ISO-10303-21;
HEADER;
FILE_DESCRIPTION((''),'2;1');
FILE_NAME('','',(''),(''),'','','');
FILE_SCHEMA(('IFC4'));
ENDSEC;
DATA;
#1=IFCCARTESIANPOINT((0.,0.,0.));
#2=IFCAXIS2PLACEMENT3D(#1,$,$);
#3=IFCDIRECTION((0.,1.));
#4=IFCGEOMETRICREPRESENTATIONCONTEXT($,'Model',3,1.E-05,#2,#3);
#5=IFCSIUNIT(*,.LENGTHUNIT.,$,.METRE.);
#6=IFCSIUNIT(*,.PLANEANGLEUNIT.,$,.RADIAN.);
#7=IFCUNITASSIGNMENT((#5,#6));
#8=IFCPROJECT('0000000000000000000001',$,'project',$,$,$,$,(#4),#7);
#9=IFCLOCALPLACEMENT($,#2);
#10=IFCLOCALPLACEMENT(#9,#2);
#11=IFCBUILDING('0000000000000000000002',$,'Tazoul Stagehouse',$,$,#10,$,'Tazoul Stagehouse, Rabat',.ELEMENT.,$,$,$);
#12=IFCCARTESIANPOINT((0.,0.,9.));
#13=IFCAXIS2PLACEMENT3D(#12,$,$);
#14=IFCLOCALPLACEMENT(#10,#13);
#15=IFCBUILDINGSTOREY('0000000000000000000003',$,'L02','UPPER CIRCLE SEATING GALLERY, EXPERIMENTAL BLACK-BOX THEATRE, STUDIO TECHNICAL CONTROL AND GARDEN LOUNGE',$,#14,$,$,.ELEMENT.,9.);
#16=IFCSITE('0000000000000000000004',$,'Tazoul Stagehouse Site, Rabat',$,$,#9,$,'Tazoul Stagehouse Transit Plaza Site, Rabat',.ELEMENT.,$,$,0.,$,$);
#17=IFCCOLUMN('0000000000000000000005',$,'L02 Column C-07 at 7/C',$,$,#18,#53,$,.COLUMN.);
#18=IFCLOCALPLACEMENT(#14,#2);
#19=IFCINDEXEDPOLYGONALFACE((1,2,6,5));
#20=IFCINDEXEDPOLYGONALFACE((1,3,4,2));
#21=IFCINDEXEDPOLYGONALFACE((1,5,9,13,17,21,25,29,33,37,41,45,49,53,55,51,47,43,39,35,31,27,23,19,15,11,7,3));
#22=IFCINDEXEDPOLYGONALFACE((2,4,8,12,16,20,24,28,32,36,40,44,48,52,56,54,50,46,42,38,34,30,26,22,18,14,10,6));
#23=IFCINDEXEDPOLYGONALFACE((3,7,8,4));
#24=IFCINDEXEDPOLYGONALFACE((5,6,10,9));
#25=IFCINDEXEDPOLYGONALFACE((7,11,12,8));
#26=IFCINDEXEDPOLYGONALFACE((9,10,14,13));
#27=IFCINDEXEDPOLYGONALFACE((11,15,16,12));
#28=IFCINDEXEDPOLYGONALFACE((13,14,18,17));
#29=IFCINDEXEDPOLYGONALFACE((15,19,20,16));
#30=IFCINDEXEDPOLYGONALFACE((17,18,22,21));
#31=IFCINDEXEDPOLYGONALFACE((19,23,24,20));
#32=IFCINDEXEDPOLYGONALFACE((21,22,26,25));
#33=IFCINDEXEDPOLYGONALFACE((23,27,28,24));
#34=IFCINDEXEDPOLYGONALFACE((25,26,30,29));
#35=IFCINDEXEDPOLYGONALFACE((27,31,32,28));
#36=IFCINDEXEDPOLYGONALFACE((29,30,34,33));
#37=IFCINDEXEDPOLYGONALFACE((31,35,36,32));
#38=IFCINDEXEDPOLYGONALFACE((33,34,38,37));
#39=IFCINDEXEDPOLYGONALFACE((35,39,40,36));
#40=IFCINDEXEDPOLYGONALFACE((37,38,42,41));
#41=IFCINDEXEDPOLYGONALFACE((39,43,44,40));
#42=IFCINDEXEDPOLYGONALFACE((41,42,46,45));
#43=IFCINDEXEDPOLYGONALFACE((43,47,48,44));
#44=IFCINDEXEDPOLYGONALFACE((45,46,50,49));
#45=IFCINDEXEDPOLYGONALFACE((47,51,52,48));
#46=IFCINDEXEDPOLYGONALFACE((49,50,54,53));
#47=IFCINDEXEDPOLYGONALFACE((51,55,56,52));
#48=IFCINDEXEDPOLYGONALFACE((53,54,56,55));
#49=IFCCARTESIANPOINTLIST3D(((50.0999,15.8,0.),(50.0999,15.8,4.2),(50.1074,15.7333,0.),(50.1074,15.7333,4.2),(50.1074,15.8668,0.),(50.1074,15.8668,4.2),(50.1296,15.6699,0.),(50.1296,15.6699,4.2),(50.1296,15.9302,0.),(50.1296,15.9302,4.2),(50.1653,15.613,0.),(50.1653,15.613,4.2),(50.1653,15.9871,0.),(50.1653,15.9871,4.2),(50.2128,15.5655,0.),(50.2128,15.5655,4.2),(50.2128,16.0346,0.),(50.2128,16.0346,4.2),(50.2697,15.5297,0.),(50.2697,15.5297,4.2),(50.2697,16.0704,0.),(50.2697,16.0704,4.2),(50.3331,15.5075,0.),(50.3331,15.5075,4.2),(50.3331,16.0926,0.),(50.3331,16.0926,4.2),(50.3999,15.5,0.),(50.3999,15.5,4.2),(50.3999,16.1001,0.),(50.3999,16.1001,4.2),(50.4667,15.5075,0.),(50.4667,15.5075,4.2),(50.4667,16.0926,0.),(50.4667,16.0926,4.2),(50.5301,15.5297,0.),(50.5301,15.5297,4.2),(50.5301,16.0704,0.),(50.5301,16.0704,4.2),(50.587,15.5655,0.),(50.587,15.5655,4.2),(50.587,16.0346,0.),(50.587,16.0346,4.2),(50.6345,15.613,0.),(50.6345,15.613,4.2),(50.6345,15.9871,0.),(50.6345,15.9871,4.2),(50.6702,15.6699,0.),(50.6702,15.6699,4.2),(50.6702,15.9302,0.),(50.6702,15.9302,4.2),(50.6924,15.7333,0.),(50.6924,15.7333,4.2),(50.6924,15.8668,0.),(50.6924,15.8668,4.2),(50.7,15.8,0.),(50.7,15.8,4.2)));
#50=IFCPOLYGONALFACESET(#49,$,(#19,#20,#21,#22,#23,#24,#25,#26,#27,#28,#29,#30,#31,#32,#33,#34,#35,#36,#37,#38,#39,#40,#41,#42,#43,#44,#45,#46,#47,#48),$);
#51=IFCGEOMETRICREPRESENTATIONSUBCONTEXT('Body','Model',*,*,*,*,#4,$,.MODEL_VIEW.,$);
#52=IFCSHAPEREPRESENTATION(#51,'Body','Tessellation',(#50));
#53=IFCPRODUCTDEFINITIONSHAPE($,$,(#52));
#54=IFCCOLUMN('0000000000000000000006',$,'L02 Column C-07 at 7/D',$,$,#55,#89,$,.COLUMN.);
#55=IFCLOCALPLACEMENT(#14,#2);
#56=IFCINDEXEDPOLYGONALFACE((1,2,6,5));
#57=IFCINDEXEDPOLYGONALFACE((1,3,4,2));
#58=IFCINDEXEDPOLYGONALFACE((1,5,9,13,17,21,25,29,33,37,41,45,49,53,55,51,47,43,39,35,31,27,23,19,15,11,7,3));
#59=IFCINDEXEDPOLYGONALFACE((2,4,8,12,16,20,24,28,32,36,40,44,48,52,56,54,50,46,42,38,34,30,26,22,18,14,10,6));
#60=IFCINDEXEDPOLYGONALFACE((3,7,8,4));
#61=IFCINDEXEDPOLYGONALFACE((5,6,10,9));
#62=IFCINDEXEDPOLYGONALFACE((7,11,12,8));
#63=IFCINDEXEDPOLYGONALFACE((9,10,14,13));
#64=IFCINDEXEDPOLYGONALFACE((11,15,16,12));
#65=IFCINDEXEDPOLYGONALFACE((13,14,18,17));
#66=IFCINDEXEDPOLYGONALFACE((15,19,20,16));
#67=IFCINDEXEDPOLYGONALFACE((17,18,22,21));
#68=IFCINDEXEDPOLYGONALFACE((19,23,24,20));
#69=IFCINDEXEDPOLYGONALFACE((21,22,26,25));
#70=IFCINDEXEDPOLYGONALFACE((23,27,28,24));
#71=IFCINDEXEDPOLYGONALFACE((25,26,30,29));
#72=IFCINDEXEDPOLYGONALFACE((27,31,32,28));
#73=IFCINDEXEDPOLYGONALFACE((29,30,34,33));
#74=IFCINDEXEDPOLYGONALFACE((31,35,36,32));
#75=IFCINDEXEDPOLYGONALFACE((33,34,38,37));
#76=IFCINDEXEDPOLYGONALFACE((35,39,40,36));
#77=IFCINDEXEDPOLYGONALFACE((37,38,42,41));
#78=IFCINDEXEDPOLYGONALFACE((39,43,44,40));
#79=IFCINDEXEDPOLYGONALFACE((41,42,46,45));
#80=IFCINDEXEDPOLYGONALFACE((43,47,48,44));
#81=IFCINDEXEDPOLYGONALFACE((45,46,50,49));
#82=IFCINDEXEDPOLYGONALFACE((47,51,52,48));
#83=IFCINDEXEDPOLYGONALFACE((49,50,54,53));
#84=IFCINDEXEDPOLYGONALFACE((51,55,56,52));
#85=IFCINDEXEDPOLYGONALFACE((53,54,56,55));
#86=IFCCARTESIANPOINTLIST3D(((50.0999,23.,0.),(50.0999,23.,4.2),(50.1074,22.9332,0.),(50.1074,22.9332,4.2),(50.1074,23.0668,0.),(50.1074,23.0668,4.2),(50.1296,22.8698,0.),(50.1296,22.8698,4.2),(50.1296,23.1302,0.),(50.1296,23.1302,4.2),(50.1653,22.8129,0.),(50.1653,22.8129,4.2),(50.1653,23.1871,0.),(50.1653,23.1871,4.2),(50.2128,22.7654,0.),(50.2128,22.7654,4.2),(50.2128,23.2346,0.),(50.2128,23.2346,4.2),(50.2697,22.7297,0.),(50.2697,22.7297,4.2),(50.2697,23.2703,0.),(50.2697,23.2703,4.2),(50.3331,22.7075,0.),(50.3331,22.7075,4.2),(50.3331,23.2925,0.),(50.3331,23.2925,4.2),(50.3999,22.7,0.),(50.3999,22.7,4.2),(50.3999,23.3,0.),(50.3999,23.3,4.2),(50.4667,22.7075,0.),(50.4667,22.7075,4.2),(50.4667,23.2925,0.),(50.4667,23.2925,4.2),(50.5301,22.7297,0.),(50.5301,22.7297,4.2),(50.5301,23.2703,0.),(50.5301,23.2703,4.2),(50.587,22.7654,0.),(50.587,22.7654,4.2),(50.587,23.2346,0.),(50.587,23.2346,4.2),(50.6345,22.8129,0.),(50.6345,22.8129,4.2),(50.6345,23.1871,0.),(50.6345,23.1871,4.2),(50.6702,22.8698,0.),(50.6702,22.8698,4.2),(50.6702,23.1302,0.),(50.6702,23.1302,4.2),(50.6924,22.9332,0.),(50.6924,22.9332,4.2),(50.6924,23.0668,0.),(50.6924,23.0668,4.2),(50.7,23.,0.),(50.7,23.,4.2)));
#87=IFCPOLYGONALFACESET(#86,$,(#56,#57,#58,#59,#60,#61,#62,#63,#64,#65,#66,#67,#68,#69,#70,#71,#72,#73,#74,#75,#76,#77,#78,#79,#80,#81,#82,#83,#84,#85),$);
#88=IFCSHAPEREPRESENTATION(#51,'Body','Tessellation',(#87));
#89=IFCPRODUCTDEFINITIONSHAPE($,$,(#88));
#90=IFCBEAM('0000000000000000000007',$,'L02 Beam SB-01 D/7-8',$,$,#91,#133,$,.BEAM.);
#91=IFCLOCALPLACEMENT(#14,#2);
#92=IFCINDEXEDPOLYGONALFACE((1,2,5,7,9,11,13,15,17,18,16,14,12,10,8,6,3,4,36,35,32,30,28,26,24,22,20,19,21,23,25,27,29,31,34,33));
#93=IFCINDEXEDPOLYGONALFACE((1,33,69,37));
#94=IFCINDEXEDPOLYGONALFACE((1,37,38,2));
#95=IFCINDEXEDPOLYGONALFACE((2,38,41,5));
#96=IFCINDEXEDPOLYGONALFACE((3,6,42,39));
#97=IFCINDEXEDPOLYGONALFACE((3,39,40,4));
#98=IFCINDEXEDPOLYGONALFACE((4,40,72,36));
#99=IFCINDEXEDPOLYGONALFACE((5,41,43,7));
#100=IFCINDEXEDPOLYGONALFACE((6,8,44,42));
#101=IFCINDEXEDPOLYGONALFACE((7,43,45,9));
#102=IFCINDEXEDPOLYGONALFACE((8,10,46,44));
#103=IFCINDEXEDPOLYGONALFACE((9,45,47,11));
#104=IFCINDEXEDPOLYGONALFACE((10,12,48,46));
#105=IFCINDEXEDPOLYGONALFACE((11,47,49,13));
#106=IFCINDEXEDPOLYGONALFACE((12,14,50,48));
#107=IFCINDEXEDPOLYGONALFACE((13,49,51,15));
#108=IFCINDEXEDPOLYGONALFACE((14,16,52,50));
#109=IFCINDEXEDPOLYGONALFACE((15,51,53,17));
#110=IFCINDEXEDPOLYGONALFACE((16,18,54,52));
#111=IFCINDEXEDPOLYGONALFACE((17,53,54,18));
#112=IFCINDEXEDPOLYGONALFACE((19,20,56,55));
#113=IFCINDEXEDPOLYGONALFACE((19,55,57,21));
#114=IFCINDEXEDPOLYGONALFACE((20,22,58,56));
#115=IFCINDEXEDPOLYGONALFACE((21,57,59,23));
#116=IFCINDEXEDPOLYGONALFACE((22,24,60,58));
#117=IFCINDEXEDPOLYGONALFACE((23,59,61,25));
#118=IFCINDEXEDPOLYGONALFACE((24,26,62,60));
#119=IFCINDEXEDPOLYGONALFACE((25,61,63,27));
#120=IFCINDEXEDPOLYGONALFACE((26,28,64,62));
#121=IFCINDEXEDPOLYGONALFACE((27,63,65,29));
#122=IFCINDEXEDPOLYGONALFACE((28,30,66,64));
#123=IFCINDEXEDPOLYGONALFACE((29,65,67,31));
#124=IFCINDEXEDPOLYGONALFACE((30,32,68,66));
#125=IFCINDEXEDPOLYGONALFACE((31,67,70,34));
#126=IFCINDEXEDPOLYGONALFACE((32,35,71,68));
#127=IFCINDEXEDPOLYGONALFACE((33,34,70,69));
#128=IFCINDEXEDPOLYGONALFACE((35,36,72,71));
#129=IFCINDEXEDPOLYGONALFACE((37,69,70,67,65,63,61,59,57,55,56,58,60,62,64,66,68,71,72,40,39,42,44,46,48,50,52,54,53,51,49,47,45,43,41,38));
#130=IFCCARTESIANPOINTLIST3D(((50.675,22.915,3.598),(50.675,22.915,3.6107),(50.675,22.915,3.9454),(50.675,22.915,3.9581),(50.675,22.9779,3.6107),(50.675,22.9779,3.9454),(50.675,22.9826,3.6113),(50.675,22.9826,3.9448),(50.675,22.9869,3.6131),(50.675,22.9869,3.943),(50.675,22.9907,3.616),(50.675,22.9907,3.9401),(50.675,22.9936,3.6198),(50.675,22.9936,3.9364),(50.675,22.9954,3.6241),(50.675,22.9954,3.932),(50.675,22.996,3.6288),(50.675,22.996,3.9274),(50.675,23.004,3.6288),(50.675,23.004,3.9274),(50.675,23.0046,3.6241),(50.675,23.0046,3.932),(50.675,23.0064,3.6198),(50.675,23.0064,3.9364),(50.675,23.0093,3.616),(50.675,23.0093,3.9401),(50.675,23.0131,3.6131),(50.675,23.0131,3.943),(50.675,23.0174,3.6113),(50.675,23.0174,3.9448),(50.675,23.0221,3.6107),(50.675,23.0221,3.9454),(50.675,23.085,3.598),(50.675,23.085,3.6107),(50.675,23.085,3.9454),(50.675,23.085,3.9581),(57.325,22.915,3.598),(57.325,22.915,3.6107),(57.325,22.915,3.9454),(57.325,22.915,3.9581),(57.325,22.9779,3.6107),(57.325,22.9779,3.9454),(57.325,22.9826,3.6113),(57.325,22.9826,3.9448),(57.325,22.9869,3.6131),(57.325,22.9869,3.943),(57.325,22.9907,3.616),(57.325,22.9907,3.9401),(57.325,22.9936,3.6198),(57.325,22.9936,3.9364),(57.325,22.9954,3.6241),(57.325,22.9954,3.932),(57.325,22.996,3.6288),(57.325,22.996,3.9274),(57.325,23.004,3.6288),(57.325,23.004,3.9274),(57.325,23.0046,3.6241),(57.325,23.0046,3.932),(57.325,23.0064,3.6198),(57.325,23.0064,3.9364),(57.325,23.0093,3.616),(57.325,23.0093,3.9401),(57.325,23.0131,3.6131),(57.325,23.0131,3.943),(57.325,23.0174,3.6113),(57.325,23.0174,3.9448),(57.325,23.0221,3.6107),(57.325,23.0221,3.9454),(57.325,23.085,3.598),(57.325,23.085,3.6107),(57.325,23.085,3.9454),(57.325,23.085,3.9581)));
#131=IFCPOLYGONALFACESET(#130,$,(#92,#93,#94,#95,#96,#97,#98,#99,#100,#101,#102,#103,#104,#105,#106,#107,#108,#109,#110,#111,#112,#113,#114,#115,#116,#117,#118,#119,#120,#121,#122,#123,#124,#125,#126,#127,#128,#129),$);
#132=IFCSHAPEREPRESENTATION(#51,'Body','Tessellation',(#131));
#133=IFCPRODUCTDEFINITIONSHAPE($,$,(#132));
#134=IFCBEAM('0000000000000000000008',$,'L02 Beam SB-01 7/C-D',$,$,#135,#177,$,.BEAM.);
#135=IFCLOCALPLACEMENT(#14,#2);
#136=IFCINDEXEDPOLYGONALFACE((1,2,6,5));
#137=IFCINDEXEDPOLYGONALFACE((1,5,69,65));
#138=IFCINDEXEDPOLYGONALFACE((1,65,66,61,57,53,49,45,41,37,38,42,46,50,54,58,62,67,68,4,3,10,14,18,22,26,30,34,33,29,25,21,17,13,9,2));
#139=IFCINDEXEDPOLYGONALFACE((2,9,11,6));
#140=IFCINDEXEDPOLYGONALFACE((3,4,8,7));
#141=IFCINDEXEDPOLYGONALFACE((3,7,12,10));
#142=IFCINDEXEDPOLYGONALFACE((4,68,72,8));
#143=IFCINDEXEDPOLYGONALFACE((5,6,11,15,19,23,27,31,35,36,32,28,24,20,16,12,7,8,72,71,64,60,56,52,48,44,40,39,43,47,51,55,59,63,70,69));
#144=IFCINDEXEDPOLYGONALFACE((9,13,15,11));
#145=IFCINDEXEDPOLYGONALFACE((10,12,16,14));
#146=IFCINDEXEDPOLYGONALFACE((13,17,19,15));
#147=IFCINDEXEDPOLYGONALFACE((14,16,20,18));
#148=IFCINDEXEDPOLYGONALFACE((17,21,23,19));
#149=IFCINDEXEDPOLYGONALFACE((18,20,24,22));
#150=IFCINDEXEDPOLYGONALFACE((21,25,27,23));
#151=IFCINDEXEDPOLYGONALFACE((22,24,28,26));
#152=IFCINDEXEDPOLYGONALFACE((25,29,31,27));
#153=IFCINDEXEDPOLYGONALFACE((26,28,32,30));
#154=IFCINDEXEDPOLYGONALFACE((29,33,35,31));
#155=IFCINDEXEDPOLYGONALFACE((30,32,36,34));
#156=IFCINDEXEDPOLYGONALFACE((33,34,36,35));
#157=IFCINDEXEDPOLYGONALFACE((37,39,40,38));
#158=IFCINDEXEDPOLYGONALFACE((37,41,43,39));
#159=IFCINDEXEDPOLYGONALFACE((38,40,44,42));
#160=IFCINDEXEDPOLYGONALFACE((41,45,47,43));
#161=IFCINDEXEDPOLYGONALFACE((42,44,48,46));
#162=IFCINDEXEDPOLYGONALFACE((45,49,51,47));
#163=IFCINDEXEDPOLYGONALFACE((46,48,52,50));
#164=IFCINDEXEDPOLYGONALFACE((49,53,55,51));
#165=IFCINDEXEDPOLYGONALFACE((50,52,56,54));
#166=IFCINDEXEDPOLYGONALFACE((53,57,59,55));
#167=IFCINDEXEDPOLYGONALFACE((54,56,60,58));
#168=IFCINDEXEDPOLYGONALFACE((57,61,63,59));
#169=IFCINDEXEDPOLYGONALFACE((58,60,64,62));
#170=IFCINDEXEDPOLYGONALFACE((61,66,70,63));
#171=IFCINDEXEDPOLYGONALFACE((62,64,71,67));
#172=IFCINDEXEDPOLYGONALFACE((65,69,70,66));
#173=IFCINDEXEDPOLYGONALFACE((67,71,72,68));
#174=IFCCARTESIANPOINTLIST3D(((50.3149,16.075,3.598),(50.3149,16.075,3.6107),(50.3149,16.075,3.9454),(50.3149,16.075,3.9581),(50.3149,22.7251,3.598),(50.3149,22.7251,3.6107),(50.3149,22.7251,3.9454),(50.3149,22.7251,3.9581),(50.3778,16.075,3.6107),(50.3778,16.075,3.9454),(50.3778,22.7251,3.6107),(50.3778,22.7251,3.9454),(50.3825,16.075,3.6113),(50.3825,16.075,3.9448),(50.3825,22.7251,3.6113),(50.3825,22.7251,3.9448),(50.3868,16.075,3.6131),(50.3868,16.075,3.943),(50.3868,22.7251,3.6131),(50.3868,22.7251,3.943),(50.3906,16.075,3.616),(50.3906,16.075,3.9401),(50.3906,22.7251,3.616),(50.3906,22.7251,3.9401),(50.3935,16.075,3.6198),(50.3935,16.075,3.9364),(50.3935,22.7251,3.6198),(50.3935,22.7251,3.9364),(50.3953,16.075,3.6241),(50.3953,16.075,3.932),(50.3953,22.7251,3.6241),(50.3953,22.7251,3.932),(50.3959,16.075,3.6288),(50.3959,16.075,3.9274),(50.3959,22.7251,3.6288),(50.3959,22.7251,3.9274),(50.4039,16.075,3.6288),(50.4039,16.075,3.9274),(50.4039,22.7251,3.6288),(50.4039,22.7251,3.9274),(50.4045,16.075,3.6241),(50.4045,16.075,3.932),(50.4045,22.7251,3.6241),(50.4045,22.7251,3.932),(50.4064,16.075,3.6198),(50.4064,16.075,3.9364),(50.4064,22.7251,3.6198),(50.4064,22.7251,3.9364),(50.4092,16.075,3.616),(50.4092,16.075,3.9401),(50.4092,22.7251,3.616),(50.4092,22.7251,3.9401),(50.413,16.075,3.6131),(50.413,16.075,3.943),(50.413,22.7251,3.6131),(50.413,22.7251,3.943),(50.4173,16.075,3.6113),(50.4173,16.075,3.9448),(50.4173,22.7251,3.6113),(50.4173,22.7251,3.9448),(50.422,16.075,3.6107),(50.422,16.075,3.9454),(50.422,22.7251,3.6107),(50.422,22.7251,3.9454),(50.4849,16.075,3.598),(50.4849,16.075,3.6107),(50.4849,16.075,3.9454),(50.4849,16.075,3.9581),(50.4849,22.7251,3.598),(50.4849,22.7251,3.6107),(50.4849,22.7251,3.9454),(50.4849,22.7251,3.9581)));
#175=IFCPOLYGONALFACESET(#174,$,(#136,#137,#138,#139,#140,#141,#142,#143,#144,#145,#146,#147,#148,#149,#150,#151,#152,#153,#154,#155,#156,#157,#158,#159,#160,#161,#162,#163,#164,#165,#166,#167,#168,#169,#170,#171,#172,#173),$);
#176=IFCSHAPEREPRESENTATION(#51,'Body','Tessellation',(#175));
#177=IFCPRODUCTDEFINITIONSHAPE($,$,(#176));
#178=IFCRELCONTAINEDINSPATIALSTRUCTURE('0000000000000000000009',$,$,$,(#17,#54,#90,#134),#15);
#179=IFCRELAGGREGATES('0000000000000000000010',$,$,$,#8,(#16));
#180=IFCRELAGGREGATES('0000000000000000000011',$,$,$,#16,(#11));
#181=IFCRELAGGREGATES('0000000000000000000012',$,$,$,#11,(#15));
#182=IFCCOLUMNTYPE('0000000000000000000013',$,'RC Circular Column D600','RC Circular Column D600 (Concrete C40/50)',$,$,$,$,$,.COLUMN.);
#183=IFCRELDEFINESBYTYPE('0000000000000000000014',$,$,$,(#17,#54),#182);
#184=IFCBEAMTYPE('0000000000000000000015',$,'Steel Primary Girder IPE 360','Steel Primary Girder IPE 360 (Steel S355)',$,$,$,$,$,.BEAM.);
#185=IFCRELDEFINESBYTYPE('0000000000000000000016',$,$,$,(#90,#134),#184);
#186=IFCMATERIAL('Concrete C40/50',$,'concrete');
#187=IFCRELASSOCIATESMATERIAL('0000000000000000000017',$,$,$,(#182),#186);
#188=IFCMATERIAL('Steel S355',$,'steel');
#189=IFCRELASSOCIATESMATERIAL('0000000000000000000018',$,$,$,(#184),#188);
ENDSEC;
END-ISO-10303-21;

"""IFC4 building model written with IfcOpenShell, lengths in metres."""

from ifc_helpers import new_model, si_unit, direction, frame, origin, origin_2d, place, context, subcontext, project, spatial, circle, i_section, extrude, material, material_profile, profile_set, type_object, element, save


model = new_model("IFC4")

# Units and contexts
model_context = context("Model", 3, precision=1e-05, world=origin(), true_north=direction((0.0, 1.0)))
body_context = subcontext(model_context, "Body", "Model", "MODEL_VIEW")
ifc_project = project(units=[si_unit("LENGTHUNIT", "METRE"), si_unit("PLANEANGLEUNIT", "RADIAN")], contexts=[model_context])

# Site, building, storey
site_placement = place(None, origin())
site = spatial("IfcSite", under=ifc_project, at=site_placement, Name="Tazoul Stagehouse Site, Rabat", LongName="Tazoul Stagehouse Transit Plaza Site, Rabat", CompositionType="ELEMENT", RefElevation=0.0)
building_placement = place(site_placement, origin())
building = spatial("IfcBuilding", under=site, at=building_placement, Name="Tazoul Stagehouse", LongName="Tazoul Stagehouse, Rabat", CompositionType="ELEMENT")
storey_placement = place(building_placement, frame((0.0, 0.0, 9.0)))
storey = spatial("IfcBuildingStorey", under=building, at=storey_placement, Name="L02", Description="UPPER CIRCLE SEATING GALLERY, EXPERIMENTAL BLACK-BOX THEATRE, STUDIO TECHNICAL CONTROL AND GARDEN LOUNGE", CompositionType="ELEMENT", Elevation=9.0)

# Columns
ifc_material_1 = material(Name="Concrete C40/50", Category="concrete")
ifc_material_profile_1 = material_profile(ifc_material_1, circle(Radius=0.3, at=origin_2d()), Name="RC D600")
ifc_profile_set_1 = profile_set([ifc_material_profile_1], Name="Concrete C40/50")
column_type = type_object("IfcColumnType", Name="RC Circular Column D600", Description="RC Circular Column D600 (Concrete C40/50)", PredefinedType="COLUMN", material=ifc_profile_set_1)
for number, where, z_axis, x_axis, name in (
    (1, (50.3999, 15.8, 0.0), (0.0, 0.0, 1.0), (1.0, 0.0, 0.0), "L02 Column C-07 at 7/C"),
    (2, (50.3999, 23.0, 0.0), (0.0, 0.0, 1.0), (1.0, 0.0, 0.0), "L02 Column C-07 at 7/D"),
):
    element("IfcColumn", number, at=place(storey_placement, frame(where, z_axis=z_axis, x_axis=x_axis)), inside=storey, type_object=column_type, Name=name, PredefinedType="COLUMN", context=body_context, shape_type="SweptSolid", body=[
        extrude(circle(Radius=0.3, at=origin_2d()), origin(), (0.0, 0.0, 1.0), 4.2),
    ])

# Beams
ifc_material_2 = material(Name="Steel S355", Category="steel")
ifc_material_profile_2 = material_profile(ifc_material_2, i_section(OverallWidth=0.1699, OverallDepth=0.3601, WebThickness=0.0081, FlangeThickness=0.0127, FilletRadius=0.0181, at=origin_2d()), Name="IPE 360")
ifc_profile_set_2 = profile_set([ifc_material_profile_2], Name="Steel S355")
beam_type = type_object("IfcBeamType", Name="Steel Primary Girder IPE 360", Description="Steel Primary Girder IPE 360 (Steel S355)", PredefinedType="BEAM", material=ifc_profile_set_2)
beam_1_placement = place(storey_placement, frame((50.675, 23.0, 3.7781), z_axis=(1.0, 0.0, 0.0), x_axis=(0.0, 1.0, 0.0)))
element("IfcBeam", 3, at=beam_1_placement, inside=storey, type_object=beam_type, Name="L02 Beam SB-01 D/7-8", PredefinedType="BEAM", context=body_context, shape_type="SweptSolid", body=[
    extrude(i_section(OverallWidth=0.1699, OverallDepth=0.3601, WebThickness=0.0081, FlangeThickness=0.0127, FilletRadius=0.0181, at=origin_2d()), origin(), (0.0, 0.0, 1.0), 6.6499),
])
beam_2_placement = place(storey_placement, frame((50.3999, 16.075, 3.7781), z_axis=(0.0, 1.0, 0.0), x_axis=(-1.0, 0.0, 0.0)))
element("IfcBeam", 4, at=beam_2_placement, inside=storey, type_object=beam_type, Name="L02 Beam SB-01 7/C-D", PredefinedType="BEAM", context=body_context, shape_type="SweptSolid", body=[
    extrude(i_section(OverallWidth=0.1699, OverallDepth=0.3601, WebThickness=0.0081, FlangeThickness=0.0127, FilletRadius=0.0181, at=origin_2d()), origin(), (0.0, 0.0, 1.0), 6.6501),
])

save(model, "model.ifc")
